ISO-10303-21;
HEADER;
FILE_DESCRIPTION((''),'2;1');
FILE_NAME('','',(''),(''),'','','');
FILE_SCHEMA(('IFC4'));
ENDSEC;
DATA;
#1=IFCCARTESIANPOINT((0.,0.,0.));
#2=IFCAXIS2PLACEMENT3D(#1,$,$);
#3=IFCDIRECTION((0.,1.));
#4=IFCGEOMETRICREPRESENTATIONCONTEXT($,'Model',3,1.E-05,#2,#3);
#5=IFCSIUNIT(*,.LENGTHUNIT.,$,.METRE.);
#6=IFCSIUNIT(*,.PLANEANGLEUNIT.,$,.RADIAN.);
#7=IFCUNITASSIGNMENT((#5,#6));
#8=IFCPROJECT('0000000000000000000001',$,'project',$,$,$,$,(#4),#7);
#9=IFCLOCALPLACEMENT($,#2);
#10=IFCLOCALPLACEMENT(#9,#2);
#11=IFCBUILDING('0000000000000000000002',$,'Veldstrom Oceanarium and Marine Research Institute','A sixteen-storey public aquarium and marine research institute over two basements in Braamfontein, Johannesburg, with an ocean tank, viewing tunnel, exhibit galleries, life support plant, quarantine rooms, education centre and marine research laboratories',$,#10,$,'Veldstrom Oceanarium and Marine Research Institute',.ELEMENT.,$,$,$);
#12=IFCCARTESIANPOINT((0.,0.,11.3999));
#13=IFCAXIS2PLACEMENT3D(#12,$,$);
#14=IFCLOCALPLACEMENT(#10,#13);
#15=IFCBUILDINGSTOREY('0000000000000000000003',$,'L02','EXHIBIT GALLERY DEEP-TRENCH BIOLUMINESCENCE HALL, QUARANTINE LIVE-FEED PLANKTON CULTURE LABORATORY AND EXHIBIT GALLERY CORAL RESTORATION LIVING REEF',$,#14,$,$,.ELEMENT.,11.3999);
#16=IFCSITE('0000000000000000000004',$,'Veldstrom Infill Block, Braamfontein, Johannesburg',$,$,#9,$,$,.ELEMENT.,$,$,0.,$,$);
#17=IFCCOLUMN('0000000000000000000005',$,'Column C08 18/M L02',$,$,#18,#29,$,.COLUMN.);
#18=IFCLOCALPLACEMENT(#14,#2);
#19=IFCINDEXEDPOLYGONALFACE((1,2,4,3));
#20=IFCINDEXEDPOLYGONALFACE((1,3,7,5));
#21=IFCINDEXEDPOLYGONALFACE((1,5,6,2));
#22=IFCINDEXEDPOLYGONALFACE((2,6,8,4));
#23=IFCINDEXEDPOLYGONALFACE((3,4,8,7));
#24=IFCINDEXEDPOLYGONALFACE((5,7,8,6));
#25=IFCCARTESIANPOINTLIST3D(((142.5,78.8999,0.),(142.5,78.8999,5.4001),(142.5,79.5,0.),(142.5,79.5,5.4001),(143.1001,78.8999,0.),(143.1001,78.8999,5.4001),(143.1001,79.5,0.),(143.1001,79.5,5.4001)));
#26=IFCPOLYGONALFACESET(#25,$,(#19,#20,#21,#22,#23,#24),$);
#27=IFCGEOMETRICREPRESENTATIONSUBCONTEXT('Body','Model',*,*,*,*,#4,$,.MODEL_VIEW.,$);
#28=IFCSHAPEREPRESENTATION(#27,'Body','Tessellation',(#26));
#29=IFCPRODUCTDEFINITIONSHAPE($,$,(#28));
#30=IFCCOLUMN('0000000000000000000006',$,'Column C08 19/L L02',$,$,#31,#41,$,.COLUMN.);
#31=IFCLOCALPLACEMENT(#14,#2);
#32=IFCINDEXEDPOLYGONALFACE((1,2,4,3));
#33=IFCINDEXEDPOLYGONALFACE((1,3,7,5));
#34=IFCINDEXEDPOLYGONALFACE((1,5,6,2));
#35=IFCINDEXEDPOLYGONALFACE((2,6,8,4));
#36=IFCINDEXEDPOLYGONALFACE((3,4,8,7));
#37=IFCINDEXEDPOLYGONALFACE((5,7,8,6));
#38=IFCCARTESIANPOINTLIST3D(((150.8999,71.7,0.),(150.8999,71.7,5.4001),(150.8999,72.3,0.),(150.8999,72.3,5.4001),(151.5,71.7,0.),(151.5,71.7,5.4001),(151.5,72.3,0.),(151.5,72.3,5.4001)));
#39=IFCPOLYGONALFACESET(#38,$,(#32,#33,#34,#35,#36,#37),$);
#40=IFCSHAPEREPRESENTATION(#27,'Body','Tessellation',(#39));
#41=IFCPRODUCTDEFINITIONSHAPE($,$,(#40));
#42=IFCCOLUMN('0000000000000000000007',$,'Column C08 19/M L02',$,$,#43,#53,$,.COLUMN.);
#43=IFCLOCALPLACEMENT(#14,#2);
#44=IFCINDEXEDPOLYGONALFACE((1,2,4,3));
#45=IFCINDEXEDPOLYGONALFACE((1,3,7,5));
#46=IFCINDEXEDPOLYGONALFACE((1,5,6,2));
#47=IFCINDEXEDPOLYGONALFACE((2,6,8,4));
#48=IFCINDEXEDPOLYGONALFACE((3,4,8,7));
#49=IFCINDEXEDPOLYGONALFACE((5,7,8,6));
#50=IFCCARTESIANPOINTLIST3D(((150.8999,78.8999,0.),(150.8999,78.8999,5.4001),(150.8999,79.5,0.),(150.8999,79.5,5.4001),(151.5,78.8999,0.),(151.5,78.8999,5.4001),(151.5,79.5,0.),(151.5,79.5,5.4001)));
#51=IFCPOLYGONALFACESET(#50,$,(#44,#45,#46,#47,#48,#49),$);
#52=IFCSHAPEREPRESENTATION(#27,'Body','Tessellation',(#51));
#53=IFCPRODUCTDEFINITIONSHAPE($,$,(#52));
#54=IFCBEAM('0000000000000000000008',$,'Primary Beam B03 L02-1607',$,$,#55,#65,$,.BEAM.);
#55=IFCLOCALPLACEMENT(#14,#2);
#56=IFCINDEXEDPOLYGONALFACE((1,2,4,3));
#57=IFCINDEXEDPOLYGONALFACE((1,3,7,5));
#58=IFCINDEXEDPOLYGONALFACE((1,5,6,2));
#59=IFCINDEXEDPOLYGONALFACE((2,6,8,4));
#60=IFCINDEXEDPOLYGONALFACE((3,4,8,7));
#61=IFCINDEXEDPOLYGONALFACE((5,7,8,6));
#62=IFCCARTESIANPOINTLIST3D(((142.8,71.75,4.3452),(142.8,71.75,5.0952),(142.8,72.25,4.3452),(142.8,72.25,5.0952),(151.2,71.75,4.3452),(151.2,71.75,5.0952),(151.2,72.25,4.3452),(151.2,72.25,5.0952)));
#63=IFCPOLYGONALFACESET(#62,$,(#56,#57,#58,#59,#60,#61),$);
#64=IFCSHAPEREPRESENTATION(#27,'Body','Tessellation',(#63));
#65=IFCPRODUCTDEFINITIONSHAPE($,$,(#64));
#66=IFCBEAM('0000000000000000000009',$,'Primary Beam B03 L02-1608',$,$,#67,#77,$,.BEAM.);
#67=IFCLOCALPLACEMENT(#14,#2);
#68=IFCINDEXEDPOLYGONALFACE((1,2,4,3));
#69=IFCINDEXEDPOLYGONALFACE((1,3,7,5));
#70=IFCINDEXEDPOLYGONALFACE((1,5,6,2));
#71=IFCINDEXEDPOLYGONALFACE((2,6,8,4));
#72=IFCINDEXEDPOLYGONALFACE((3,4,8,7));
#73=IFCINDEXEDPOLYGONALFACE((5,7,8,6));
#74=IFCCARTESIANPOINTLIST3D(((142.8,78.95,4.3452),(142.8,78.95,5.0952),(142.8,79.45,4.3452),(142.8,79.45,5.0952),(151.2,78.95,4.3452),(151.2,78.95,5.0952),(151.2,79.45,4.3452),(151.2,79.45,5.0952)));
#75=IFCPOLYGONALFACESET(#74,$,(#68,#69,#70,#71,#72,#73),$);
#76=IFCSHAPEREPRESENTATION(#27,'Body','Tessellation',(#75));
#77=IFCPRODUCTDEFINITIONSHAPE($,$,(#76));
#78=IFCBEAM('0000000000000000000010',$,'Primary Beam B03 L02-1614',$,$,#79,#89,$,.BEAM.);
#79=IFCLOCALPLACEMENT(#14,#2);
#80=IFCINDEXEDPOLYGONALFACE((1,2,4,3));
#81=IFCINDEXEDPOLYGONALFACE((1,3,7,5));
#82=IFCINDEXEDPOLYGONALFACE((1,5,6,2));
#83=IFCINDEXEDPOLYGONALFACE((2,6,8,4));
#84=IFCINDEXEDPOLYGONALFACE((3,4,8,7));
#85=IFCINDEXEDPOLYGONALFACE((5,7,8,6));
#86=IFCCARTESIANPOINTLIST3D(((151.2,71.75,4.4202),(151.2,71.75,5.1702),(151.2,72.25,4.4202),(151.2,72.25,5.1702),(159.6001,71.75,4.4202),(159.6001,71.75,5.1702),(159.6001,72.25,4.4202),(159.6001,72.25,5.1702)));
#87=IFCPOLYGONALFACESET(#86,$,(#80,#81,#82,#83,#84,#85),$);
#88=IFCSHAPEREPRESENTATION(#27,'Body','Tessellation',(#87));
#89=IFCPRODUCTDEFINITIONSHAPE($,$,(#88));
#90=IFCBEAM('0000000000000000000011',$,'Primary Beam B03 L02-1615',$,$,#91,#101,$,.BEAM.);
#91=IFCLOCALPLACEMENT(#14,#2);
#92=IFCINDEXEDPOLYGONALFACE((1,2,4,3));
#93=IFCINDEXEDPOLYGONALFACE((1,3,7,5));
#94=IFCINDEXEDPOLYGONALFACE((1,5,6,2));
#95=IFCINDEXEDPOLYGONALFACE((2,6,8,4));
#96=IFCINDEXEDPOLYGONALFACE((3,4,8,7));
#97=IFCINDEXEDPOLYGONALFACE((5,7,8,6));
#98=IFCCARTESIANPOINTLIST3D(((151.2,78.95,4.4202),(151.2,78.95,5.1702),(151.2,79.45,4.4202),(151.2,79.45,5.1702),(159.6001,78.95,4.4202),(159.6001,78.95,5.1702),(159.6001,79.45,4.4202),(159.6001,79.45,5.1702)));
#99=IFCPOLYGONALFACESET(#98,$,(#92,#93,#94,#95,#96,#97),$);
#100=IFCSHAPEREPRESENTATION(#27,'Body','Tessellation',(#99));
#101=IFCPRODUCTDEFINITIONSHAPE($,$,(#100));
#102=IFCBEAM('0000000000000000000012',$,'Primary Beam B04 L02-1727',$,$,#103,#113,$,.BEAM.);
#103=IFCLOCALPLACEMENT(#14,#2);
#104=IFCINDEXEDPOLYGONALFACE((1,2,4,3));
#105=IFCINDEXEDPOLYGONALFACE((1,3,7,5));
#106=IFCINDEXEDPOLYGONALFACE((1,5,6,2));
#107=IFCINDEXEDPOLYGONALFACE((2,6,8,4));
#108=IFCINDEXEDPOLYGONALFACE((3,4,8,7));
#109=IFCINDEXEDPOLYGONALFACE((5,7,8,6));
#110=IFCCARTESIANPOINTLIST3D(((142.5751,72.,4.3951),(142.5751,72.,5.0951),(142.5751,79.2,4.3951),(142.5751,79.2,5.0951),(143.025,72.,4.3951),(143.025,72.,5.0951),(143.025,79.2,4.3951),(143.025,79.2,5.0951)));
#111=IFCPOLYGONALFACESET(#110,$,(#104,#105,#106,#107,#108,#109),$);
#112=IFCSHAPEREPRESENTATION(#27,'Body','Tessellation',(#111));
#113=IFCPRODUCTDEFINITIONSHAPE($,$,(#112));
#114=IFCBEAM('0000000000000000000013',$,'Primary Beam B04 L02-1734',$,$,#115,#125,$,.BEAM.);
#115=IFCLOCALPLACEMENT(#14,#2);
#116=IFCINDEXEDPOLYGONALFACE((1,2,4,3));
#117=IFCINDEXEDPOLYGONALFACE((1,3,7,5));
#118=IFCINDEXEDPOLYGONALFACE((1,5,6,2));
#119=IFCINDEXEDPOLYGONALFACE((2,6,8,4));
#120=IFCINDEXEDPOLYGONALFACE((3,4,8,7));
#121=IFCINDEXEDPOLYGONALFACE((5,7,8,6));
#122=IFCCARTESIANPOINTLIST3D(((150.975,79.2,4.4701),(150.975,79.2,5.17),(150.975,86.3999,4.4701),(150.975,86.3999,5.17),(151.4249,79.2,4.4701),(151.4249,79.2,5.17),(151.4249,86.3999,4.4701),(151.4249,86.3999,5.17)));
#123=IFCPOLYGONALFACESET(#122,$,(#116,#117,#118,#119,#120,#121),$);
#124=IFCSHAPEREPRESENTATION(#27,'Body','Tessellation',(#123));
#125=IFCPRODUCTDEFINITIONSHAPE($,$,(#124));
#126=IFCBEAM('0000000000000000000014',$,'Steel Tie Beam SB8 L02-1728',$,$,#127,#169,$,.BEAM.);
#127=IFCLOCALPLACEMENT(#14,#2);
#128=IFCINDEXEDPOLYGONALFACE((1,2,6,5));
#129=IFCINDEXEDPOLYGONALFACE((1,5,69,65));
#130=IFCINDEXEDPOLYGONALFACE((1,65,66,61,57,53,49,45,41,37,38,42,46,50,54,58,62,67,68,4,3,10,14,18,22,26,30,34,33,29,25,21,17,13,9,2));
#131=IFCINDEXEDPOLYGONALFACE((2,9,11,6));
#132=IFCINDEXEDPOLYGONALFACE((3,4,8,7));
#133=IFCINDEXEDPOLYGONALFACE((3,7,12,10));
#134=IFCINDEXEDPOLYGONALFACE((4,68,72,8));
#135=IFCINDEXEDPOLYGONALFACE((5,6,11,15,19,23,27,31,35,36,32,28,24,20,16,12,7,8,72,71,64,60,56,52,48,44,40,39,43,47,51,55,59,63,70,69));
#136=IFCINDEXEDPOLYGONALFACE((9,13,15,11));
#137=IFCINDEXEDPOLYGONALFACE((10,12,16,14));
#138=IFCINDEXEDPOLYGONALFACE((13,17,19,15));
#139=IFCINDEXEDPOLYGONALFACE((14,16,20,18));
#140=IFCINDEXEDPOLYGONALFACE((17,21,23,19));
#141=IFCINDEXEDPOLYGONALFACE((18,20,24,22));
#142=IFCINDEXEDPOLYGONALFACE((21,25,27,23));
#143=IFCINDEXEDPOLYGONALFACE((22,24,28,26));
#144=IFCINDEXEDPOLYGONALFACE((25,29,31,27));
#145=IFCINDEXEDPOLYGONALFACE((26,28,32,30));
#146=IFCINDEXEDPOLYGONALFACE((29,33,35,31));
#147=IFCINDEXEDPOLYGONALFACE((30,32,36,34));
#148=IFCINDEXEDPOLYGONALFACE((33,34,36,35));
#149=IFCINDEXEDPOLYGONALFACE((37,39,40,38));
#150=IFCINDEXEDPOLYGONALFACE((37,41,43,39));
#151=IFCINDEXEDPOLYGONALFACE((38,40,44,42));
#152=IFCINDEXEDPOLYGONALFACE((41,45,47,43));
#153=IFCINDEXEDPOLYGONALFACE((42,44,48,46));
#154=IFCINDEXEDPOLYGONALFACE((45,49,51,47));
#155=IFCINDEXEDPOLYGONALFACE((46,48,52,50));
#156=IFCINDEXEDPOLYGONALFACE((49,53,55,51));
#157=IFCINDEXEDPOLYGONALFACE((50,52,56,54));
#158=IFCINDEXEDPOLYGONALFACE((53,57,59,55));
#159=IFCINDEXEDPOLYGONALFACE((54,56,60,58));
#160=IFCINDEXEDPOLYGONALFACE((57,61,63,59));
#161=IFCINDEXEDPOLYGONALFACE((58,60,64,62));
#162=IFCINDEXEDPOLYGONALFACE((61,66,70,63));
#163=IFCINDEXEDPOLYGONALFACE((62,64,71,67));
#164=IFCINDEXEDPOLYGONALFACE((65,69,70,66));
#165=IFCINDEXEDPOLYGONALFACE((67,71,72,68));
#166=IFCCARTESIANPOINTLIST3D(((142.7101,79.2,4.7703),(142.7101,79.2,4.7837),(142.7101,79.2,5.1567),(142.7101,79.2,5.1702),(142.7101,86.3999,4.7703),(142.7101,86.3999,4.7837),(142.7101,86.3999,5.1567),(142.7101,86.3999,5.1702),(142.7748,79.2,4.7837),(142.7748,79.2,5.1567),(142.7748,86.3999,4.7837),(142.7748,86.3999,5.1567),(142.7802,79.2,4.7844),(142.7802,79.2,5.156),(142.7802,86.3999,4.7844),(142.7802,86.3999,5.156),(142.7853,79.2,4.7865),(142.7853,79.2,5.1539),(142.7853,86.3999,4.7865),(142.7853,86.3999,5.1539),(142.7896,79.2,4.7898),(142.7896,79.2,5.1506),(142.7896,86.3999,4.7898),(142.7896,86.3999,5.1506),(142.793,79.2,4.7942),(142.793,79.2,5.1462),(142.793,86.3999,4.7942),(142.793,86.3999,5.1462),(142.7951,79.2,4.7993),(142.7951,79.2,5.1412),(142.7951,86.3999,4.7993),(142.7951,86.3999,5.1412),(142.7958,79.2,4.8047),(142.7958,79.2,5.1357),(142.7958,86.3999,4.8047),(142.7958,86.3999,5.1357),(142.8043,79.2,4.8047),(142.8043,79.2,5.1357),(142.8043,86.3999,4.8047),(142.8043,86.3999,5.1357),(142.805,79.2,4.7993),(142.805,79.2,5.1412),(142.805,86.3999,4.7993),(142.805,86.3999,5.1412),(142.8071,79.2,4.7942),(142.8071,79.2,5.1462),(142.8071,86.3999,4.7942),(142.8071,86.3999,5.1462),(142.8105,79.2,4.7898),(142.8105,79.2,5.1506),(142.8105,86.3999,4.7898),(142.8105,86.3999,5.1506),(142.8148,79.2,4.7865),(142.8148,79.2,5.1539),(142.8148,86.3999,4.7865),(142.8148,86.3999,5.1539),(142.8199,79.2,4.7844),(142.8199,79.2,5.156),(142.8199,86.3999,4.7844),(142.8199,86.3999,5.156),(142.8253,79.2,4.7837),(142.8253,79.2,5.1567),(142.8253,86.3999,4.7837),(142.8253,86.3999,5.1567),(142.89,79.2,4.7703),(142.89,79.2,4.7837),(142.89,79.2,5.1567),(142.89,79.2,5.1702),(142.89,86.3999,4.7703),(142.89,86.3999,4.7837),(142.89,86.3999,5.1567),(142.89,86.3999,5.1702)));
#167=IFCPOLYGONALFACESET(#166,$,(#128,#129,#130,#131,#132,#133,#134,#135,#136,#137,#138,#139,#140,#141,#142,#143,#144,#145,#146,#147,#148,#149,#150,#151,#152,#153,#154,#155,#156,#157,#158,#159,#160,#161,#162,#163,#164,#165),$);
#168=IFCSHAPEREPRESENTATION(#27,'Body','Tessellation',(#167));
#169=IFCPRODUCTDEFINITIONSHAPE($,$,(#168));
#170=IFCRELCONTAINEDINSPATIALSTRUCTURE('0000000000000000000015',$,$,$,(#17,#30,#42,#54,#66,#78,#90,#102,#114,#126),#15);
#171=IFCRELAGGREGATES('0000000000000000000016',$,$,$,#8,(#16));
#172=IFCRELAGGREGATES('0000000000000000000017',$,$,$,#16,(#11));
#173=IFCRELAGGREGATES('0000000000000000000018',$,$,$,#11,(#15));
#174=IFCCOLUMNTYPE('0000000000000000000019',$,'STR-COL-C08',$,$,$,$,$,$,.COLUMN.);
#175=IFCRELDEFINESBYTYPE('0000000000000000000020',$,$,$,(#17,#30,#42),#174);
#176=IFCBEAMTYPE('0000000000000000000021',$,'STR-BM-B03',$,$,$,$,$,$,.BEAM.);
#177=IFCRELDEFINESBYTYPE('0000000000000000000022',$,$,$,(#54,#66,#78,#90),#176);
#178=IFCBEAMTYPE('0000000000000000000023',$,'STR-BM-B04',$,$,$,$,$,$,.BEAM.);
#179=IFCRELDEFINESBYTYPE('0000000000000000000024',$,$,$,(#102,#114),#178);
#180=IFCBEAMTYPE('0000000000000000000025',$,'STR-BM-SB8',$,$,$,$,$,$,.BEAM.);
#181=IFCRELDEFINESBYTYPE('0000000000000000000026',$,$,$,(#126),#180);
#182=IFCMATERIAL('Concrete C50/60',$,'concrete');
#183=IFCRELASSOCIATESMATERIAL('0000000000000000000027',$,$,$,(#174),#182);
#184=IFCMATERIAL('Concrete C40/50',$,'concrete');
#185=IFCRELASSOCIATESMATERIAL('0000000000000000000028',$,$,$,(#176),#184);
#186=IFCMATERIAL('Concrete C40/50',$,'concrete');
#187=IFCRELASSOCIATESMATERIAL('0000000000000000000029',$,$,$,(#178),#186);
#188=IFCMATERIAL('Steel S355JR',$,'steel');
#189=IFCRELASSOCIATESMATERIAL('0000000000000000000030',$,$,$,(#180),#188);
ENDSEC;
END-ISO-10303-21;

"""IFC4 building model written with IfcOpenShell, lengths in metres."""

from ifc_helpers import new_model, si_unit, direction, frame, origin, origin_2d, place, context, subcontext, project, spatial, rectangle, i_section, extrude, material, material_profile, profile_set, type_object, element, save


model = new_model("IFC4")

# Units and contexts
model_context = context("Model", 3, precision=1e-05, world=origin(), true_north=direction((0.0, 1.0)))
body_context = subcontext(model_context, "Body", "Model", "MODEL_VIEW")
ifc_project = project(units=[si_unit("LENGTHUNIT", "METRE"), si_unit("PLANEANGLEUNIT", "RADIAN")], contexts=[model_context])

# Site, building, storey
site_placement = place(None, origin())
site = spatial("IfcSite", under=ifc_project, at=site_placement, Name="Veldstrom Infill Block, Braamfontein, Johannesburg", CompositionType="ELEMENT", RefElevation=0.0)
building_placement = place(site_placement, origin())
building = spatial("IfcBuilding", under=site, at=building_placement, Name="Veldstrom Oceanarium and Marine Research Institute", Description="A sixteen-storey public aquarium and marine research institute over two basements in Braamfontein, Johannesburg, with an ocean tank, viewing tunnel, exhibit galleries, life support plant, quarantine rooms, education centre and marine research laboratories", LongName="Veldstrom Oceanarium and Marine Research Institute", CompositionType="ELEMENT")
storey_placement = place(building_placement, frame((0.0, 0.0, 11.3999)))
storey = spatial("IfcBuildingStorey", under=building, at=storey_placement, Name="L02", Description="EXHIBIT GALLERY DEEP-TRENCH BIOLUMINESCENCE HALL, QUARANTINE LIVE-FEED PLANKTON CULTURE LABORATORY AND EXHIBIT GALLERY CORAL RESTORATION LIVING REEF", CompositionType="ELEMENT", Elevation=11.3999)

# Columns
ifc_material_1 = material(Name="Concrete C50/60", Category="concrete")
ifc_material_profile_1 = material_profile(ifc_material_1, rectangle(XDim=0.6001, YDim=0.6001, at=origin_2d()), Name="RC-COL-600x600")
ifc_profile_set_1 = profile_set([ifc_material_profile_1], Name="Concrete C50/60")
column_type = type_object("IfcColumnType", Name="STR-COL-C08", PredefinedType="COLUMN", material=ifc_profile_set_1)
for number, where, z_axis, x_axis, name in (
    (1, (142.8, 79.2, 0.0), (0.0, 0.0, 1.0), (1.0, 0.0, 0.0), "Column C08 18/M L02"),
    (2, (151.2, 72.0, 0.0), (0.0, 0.0, 1.0), (1.0, 0.0, 0.0), "Column C08 19/L L02"),
    (3, (151.2, 79.2, 0.0), (0.0, 0.0, 1.0), (1.0, 0.0, 0.0), "Column C08 19/M L02"),
):
    element("IfcColumn", number, at=place(storey_placement, frame(where, z_axis=z_axis, x_axis=x_axis)), inside=storey, type_object=column_type, Name=name, PredefinedType="COLUMN", context=body_context, shape_type="SweptSolid", body=[
        extrude(rectangle(XDim=0.6001, YDim=0.6001, at=origin_2d()), origin(), (0.0, 0.0, 1.0), 5.4001),
    ])

# Beams
ifc_material_2 = material(Name="Concrete C40/50", Category="concrete")
ifc_material_profile_2 = material_profile(ifc_material_2, rectangle(XDim=0.5, YDim=0.75, at=origin_2d()), Name="RC-BM-500x750")
ifc_profile_set_2 = profile_set([ifc_material_profile_2], Name="Concrete C40/50")
beam_type_1 = type_object("IfcBeamType", Name="STR-BM-B03", PredefinedType="BEAM", material=ifc_profile_set_2)
for number, where, z_axis, x_axis, name in (
    (4, (142.8, 72.0, 4.7202), (1.0, 0.0, 0.0), (0.0, 1.0, 0.0), "Primary Beam B03 L02-1607"),
    (5, (142.8, 79.2, 4.7202), (1.0, 0.0, 0.0), (0.0, 1.0, 0.0), "Primary Beam B03 L02-1608"),
):
    element("IfcBeam", number, at=place(storey_placement, frame(where, z_axis=z_axis, x_axis=x_axis)), inside=storey, type_object=beam_type_1, Name=name, PredefinedType="BEAM", context=body_context, shape_type="SweptSolid", body=[
        extrude(rectangle(XDim=0.5, YDim=0.75, at=origin_2d()), origin(), (0.0, 0.0, 1.0), 8.3999),
    ])
for number, where, z_axis, x_axis, name in (
    (6, (151.2, 72.0, 4.7952), (1.0, 0.0, 0.0), (0.0, 1.0, 0.0), "Primary Beam B03 L02-1614"),
    (7, (151.2, 79.2, 4.7952), (1.0, 0.0, 0.0), (0.0, 1.0, 0.0), "Primary Beam B03 L02-1615"),
):
    element("IfcBeam", number, at=place(storey_placement, frame(where, z_axis=z_axis, x_axis=x_axis)), inside=storey, type_object=beam_type_1, Name=name, PredefinedType="BEAM", context=body_context, shape_type="SweptSolid", body=[
        extrude(rectangle(XDim=0.5, YDim=0.75, at=origin_2d()), origin(), (0.0, 0.0, 1.0), 8.4001),
    ])
ifc_material_3 = material(Name="Concrete C40/50", Category="concrete")
ifc_material_profile_3 = material_profile(ifc_material_3, rectangle(XDim=0.45, YDim=0.7, at=origin_2d()), Name="RC-BM-450x700")
ifc_profile_set_3 = profile_set([ifc_material_profile_3], Name="Concrete C40/50")
beam_type_2 = type_object("IfcBeamType", Name="STR-BM-B04", PredefinedType="BEAM", material=ifc_profile_set_3)
for number, where, z_axis, x_axis, name in (
    (8, (142.8, 72.0, 4.7451), (0.0, 1.0, 0.0), (-1.0, 0.0, 0.0), "Primary Beam B04 L02-1727"),
    (9, (151.2, 79.2, 4.8201), (0.0, 1.0, 0.0), (-1.0, 0.0, 0.0), "Primary Beam B04 L02-1734"),
):
    element("IfcBeam", number, at=place(storey_placement, frame(where, z_axis=z_axis, x_axis=x_axis)), inside=storey, type_object=beam_type_2, Name=name, PredefinedType="BEAM", context=body_context, shape_type="SweptSolid", body=[
        extrude(rectangle(XDim=0.45, YDim=0.7, at=origin_2d()), origin(), (0.0, 0.0, 1.0), 7.2),
    ])
ifc_material_4 = material(Name="Steel S355JR", Category="steel")
ifc_material_profile_4 = material_profile(ifc_material_4, i_section(OverallWidth=0.1799, OverallDepth=0.3999, WebThickness=0.0085, FlangeThickness=0.0134, FilletRadius=0.021, at=origin_2d()), Name="IPE 400")
ifc_profile_set_4 = profile_set([ifc_material_profile_4], Name="Steel S355JR")
beam_type_3 = type_object("IfcBeamType", Name="STR-BM-SB8", PredefinedType="BEAM", material=ifc_profile_set_4)
for number, where, z_axis, x_axis, name in (
    (10, (142.8, 79.2, 4.9702), (0.0, 1.0, 0.0), (-1.0, 0.0, 0.0), "Steel Tie Beam SB8 L02-1728"),
):
    element("IfcBeam", number, at=place(storey_placement, frame(where, z_axis=z_axis, x_axis=x_axis)), inside=storey, type_object=beam_type_3, Name=name, PredefinedType="BEAM", context=body_context, shape_type="SweptSolid", body=[
        extrude(i_section(OverallWidth=0.1799, OverallDepth=0.3999, WebThickness=0.0085, FlangeThickness=0.0134, FilletRadius=0.021, at=origin_2d()), origin(), (0.0, 0.0, 1.0), 7.2),
    ])

save(model, "model.ifc")
